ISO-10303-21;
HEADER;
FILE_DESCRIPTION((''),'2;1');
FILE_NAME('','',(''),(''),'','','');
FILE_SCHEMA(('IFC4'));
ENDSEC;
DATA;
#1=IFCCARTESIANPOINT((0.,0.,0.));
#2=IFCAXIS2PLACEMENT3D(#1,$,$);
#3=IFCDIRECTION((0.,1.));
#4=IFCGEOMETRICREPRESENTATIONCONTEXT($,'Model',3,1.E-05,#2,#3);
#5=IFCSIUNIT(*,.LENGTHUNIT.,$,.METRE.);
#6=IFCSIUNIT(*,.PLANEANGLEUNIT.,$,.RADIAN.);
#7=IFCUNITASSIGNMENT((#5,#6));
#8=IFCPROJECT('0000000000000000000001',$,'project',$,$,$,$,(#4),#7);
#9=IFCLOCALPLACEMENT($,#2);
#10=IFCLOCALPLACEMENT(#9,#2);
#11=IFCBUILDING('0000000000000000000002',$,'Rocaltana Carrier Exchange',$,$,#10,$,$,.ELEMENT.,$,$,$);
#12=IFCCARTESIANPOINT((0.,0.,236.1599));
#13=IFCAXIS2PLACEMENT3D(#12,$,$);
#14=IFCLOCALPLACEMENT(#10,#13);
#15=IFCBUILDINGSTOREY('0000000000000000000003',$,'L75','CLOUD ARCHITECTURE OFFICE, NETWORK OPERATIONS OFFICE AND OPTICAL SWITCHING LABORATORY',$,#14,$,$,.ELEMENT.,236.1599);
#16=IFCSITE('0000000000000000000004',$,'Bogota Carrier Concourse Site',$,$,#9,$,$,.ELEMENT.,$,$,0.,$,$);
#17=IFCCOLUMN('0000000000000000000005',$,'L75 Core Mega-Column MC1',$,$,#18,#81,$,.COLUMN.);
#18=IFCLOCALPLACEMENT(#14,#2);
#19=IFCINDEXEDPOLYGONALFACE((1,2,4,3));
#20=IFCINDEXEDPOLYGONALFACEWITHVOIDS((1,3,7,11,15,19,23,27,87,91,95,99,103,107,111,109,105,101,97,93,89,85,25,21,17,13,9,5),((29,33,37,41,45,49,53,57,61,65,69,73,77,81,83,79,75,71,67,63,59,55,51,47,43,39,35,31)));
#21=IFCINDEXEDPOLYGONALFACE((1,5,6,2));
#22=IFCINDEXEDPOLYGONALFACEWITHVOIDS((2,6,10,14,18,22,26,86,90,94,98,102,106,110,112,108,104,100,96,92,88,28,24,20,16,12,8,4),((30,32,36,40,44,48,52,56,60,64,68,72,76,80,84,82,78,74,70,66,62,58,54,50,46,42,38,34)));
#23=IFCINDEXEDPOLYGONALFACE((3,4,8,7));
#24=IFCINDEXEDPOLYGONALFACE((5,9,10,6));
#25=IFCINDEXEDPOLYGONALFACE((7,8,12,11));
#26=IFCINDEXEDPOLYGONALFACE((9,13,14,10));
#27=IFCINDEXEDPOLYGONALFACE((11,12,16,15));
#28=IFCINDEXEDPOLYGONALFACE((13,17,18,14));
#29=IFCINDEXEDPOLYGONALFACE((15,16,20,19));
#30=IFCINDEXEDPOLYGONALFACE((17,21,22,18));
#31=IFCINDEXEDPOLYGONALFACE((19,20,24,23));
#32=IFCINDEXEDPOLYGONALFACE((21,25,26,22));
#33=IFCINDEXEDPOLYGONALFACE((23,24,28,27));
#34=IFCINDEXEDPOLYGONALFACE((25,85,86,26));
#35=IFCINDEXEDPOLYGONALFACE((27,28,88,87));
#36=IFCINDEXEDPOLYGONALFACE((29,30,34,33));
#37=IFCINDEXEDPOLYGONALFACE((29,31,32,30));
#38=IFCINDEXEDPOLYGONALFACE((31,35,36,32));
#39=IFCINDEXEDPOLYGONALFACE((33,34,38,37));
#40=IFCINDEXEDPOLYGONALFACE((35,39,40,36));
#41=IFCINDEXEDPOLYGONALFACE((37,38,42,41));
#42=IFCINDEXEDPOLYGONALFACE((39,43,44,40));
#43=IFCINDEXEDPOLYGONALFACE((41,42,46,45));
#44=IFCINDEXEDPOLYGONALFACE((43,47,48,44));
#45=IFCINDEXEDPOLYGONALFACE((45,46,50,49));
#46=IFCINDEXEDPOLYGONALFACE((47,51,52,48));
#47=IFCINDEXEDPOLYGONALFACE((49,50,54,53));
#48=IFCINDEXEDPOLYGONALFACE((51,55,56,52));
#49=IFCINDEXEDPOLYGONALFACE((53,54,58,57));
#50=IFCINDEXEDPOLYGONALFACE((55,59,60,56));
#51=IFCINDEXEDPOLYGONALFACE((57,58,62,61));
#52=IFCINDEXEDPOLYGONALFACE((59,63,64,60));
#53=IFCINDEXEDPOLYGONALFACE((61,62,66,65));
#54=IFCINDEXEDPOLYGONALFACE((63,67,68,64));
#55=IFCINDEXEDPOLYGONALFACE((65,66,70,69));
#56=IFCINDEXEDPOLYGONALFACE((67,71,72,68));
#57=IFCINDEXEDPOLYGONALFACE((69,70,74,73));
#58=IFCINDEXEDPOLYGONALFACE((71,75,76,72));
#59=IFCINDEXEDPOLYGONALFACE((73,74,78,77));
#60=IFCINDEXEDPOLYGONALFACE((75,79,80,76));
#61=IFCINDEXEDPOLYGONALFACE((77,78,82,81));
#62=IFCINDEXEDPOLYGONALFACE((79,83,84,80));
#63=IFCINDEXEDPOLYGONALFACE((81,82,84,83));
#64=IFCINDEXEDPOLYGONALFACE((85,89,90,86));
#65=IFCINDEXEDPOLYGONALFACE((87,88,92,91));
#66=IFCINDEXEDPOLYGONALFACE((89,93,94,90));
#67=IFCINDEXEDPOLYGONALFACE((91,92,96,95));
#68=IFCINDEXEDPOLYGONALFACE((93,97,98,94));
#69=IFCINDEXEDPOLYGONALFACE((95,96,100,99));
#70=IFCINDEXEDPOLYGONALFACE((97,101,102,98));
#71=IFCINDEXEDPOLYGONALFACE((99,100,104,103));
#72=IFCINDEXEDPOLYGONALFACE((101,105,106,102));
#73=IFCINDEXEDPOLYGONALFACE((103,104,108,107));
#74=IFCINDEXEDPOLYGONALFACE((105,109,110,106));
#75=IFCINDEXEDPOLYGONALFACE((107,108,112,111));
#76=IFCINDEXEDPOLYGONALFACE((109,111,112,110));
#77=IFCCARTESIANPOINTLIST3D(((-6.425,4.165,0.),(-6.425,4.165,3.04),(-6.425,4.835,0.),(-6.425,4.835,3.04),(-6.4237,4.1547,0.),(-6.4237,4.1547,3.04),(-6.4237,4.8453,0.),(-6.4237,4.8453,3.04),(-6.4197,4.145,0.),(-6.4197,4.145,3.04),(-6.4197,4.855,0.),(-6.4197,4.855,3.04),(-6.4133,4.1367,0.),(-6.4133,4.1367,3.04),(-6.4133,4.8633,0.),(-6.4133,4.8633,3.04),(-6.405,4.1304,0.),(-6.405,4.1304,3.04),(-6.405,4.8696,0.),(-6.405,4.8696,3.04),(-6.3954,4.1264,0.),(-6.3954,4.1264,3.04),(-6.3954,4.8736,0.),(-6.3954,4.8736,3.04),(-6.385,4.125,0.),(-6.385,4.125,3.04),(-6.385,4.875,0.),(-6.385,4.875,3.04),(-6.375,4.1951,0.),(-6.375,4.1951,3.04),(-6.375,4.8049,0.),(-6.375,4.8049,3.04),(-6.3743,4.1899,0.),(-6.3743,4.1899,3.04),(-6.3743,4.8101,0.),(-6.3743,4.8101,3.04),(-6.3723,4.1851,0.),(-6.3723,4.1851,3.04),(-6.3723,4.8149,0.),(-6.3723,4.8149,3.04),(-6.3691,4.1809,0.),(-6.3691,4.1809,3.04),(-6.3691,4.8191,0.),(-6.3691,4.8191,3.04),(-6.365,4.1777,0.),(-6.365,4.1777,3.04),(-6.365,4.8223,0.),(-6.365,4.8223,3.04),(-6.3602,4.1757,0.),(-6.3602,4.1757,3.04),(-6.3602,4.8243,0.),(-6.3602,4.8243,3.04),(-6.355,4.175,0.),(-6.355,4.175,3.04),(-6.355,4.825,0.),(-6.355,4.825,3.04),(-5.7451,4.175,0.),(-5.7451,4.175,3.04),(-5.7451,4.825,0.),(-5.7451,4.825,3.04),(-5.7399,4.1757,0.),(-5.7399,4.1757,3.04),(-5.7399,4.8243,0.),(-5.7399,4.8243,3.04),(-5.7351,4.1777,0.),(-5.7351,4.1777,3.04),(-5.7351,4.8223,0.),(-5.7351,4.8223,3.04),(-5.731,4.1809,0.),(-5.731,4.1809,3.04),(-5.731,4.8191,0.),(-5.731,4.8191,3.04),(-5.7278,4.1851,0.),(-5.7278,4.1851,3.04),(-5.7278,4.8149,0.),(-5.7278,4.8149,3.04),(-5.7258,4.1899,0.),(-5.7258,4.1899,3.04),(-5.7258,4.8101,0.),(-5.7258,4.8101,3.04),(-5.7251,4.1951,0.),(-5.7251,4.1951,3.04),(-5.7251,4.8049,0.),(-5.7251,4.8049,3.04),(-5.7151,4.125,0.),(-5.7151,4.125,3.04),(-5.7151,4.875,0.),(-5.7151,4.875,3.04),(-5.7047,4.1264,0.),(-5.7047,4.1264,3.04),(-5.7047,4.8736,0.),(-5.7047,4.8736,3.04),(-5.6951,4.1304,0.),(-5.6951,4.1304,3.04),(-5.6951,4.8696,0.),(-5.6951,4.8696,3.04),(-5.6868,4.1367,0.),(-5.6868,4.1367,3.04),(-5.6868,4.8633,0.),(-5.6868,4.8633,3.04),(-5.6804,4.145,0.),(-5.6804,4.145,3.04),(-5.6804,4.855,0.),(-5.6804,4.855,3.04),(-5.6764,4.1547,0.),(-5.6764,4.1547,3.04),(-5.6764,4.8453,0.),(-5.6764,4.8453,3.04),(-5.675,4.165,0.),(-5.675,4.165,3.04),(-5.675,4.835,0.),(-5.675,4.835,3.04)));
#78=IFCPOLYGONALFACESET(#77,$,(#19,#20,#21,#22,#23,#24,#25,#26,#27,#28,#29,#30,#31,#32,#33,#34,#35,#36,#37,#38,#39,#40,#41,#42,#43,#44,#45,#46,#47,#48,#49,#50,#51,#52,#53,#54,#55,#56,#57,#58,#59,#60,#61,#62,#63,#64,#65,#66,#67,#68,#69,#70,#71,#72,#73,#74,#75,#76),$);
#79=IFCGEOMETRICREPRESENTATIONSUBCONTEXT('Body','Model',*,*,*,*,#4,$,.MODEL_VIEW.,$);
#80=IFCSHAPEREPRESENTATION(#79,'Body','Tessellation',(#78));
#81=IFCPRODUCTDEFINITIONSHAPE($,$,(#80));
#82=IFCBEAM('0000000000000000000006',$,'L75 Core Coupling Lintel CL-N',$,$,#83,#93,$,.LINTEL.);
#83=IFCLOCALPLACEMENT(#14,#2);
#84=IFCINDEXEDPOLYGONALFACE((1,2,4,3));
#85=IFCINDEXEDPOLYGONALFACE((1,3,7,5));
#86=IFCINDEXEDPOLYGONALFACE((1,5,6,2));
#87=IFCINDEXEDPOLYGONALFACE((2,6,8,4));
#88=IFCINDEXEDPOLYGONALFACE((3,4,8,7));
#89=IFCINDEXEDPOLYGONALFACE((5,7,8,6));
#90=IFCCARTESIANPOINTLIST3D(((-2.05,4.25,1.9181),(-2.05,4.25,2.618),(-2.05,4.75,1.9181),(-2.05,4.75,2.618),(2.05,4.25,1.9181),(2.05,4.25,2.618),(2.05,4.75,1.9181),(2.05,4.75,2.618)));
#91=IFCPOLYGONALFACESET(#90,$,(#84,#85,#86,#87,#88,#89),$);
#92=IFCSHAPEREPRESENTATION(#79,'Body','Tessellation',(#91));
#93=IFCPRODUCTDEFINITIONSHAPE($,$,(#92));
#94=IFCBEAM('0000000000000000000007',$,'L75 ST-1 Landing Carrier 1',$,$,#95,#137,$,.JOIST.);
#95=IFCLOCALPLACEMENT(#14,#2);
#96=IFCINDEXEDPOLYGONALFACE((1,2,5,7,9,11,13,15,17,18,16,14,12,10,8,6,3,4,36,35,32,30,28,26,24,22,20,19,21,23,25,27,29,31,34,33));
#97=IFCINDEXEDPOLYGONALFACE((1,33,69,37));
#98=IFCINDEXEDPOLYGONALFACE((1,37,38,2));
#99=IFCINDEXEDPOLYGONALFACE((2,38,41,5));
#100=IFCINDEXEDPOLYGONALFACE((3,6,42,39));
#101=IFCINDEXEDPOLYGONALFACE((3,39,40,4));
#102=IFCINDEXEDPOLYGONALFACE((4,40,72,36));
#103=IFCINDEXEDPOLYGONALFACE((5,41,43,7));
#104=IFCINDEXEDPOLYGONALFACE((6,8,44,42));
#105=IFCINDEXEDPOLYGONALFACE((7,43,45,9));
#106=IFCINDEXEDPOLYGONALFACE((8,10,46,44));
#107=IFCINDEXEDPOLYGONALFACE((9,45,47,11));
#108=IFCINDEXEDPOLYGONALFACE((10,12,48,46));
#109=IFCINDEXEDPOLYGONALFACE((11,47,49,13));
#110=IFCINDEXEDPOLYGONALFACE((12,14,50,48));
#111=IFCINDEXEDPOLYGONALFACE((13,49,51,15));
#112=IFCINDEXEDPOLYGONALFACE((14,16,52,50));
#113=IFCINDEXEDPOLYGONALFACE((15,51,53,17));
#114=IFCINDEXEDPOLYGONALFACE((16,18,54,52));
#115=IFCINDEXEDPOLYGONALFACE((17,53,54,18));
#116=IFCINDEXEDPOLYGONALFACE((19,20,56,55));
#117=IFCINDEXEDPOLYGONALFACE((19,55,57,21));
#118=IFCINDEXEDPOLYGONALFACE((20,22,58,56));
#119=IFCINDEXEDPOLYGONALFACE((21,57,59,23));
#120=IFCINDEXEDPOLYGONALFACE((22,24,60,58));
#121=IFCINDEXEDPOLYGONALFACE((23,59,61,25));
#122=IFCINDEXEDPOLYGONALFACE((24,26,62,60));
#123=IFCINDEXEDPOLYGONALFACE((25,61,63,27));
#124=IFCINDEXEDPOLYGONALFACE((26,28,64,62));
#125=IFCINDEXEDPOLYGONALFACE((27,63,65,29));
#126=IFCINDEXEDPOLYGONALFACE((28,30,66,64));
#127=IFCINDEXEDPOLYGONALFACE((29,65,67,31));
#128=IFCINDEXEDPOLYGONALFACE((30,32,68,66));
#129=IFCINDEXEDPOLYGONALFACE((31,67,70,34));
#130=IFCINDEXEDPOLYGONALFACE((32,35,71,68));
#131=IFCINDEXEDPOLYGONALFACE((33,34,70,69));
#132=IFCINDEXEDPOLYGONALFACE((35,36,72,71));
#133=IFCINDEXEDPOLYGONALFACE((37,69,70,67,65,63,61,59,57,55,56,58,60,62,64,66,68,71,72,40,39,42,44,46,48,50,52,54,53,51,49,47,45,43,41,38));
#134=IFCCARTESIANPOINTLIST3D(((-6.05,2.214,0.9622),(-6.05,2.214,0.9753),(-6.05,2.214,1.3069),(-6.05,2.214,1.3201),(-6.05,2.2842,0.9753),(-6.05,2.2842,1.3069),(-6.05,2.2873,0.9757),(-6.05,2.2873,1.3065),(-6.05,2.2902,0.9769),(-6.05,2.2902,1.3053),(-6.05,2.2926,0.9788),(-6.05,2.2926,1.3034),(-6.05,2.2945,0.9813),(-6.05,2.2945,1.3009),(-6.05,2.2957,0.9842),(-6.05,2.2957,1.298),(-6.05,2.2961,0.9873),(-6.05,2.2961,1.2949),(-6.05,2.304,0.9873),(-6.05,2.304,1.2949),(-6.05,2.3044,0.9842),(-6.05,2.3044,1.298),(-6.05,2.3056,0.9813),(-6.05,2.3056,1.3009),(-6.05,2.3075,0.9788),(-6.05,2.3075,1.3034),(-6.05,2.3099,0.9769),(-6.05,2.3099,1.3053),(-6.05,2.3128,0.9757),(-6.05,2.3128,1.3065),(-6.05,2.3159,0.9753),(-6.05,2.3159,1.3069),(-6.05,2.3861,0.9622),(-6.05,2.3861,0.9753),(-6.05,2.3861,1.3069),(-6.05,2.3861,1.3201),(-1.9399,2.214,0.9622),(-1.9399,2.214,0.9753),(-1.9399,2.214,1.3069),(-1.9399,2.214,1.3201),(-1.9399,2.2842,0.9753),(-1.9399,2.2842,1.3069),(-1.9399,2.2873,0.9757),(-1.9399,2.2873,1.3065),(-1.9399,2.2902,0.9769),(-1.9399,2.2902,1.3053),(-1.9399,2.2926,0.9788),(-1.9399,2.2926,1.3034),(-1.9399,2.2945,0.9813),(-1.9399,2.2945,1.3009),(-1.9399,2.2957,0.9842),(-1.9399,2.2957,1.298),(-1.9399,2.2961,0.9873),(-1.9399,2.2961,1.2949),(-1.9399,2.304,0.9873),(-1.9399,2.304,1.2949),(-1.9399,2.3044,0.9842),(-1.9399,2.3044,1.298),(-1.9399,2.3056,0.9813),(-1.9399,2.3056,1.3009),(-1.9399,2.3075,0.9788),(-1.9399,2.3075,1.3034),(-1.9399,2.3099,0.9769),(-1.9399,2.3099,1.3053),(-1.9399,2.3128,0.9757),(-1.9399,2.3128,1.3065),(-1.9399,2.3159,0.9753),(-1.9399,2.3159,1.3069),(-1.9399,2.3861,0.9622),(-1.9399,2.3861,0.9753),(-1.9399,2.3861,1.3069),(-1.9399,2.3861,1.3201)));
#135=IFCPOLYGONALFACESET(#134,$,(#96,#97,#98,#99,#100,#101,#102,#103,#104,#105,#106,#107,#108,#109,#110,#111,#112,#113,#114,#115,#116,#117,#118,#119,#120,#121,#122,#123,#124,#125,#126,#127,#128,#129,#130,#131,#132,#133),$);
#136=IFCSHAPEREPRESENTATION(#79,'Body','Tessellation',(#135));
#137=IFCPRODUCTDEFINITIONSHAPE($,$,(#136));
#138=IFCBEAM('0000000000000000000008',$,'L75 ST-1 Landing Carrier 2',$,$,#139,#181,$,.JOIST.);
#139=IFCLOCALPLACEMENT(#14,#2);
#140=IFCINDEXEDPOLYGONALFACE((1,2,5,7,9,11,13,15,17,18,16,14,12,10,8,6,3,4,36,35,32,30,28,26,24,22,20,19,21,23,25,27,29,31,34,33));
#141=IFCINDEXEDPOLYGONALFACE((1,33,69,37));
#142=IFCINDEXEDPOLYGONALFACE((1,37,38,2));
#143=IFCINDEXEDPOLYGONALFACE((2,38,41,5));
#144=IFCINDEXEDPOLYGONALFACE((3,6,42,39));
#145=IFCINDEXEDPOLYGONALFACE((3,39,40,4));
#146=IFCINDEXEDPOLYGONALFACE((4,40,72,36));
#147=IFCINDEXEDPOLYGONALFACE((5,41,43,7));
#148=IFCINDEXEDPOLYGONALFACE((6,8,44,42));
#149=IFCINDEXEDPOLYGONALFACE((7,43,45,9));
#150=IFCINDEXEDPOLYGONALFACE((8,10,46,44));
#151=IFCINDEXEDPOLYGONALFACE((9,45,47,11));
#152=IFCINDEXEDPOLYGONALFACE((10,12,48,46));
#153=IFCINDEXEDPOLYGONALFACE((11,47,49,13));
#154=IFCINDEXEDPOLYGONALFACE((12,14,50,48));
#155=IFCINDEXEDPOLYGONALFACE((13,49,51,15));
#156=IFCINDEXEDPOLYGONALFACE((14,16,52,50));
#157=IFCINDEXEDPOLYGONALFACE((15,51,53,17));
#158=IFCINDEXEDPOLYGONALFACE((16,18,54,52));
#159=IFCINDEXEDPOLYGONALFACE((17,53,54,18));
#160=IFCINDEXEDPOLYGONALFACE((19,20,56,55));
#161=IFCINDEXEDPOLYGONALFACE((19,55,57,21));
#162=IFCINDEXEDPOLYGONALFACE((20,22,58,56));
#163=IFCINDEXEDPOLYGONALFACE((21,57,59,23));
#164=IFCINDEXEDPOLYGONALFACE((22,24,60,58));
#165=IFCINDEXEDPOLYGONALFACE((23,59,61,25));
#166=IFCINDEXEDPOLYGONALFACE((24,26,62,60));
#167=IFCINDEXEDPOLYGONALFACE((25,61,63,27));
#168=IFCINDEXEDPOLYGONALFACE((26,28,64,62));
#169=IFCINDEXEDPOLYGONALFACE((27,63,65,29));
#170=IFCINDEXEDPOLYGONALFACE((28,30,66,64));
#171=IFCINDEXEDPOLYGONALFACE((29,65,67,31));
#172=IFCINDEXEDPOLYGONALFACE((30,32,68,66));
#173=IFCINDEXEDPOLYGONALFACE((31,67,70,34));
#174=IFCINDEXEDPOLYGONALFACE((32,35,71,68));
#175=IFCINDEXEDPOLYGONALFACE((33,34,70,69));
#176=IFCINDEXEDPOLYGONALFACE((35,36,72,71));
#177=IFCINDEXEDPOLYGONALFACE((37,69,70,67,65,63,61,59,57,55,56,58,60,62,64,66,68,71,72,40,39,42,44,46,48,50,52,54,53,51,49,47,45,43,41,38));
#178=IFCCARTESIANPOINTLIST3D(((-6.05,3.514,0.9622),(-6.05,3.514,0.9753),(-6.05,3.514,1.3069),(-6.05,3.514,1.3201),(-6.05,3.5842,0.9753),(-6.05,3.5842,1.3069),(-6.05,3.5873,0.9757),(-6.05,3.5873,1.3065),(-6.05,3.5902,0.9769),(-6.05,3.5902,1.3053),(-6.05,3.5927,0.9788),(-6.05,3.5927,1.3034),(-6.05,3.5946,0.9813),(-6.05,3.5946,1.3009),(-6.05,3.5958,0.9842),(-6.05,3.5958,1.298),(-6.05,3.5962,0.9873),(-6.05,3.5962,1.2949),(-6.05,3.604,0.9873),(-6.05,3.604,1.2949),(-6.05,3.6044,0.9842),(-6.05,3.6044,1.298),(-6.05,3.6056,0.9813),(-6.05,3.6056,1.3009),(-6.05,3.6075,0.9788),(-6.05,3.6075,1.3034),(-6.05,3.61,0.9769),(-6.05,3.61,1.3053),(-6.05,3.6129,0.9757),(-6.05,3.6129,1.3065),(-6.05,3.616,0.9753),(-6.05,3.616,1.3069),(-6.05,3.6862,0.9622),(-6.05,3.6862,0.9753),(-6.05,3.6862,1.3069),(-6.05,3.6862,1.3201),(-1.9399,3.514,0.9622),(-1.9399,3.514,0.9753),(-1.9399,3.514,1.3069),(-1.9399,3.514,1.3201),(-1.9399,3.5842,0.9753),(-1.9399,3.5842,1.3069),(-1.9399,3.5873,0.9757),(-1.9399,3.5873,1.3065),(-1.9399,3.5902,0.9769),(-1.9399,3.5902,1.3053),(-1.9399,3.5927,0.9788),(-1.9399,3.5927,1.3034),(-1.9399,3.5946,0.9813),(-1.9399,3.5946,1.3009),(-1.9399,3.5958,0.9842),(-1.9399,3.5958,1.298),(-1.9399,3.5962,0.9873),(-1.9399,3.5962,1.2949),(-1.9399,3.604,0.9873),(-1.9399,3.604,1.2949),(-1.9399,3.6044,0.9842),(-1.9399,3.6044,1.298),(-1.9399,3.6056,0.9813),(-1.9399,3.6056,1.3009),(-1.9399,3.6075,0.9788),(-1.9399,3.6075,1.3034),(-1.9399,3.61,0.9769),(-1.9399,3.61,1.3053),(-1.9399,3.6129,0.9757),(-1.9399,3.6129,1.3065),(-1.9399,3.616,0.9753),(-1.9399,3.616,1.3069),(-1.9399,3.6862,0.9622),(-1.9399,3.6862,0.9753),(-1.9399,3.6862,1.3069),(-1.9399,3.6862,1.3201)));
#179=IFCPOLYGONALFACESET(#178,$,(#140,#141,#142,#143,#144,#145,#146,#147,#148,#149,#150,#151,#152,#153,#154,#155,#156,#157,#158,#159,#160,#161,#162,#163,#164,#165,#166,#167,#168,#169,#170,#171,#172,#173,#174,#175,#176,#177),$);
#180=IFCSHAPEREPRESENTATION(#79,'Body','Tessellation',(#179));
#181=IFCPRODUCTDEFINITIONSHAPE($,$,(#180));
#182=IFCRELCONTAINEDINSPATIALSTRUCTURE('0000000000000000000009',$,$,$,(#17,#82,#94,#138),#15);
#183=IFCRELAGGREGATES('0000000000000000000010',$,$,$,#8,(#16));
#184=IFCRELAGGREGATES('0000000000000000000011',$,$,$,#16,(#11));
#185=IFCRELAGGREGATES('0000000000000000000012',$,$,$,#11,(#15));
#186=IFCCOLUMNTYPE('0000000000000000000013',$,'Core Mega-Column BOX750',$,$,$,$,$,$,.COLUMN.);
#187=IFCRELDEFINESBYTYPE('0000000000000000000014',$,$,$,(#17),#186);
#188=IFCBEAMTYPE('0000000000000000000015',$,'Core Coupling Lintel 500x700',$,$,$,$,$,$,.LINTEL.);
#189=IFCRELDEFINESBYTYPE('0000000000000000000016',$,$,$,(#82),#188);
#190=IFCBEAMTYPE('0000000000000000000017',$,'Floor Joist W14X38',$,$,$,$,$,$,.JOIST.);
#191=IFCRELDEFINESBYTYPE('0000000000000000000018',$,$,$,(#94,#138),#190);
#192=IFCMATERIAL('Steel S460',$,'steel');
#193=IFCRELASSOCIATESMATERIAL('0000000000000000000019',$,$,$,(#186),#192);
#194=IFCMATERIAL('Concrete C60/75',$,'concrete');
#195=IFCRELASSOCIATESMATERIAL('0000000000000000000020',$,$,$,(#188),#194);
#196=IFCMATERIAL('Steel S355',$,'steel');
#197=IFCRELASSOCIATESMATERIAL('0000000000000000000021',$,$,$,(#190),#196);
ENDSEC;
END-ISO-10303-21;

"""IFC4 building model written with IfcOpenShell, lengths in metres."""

from ifc_helpers import new_model, si_unit, direction, frame, origin, origin_2d, place, context, subcontext, project, spatial, rectangle, hollow_rectangle, i_section, extrude, material, material_profile, profile_set, type_object, element, save


model = new_model("IFC4")

# Units and contexts
model_context = context("Model", 3, precision=1e-05, world=origin(), true_north=direction((0.0, 1.0)))
body_context = subcontext(model_context, "Body", "Model", "MODEL_VIEW")
ifc_project = project(units=[si_unit("LENGTHUNIT", "METRE"), si_unit("PLANEANGLEUNIT", "RADIAN")], contexts=[model_context])

# Site, building, storey
site_placement = place(None, origin())
site = spatial("IfcSite", under=ifc_project, at=site_placement, Name="Bogota Carrier Concourse Site", CompositionType="ELEMENT", RefElevation=0.0)
building_placement = place(site_placement, origin())
building = spatial("IfcBuilding", under=site, at=building_placement, Name="Rocaltana Carrier Exchange", CompositionType="ELEMENT")
storey_placement = place(building_placement, frame((0.0, 0.0, 236.1599)))
storey = spatial("IfcBuildingStorey", under=building, at=storey_placement, Name="L75", Description="CLOUD ARCHITECTURE OFFICE, NETWORK OPERATIONS OFFICE AND OPTICAL SWITCHING LABORATORY", CompositionType="ELEMENT", Elevation=236.1599)

# Column
ifc_material_1 = material(Name="Steel S460", Category="steel")
ifc_material_profile_1 = material_profile(ifc_material_1, hollow_rectangle(XDim=0.75, YDim=0.75, WallThickness=0.05, InnerFilletRadius=0.02, OuterFilletRadius=0.04, at=origin_2d()), Name="BOX750X750X50")
ifc_profile_set_1 = profile_set([ifc_material_profile_1], Name="Steel S460")
column_type = type_object("IfcColumnType", Name="Core Mega-Column BOX750", PredefinedType="COLUMN", material=ifc_profile_set_1)
column_placement = place(storey_placement, frame((-6.05, 4.5, 0.0), z_axis=(0.0, 0.0, 1.0), x_axis=(1.0, 0.0, 0.0)))
element("IfcColumn", 1, at=column_placement, inside=storey, type_object=column_type, Name="L75 Core Mega-Column MC1", PredefinedType="COLUMN", context=body_context, shape_type="SweptSolid", body=[
    extrude(hollow_rectangle(XDim=0.75, YDim=0.75, WallThickness=0.05, InnerFilletRadius=0.02, OuterFilletRadius=0.04, at=origin_2d()), origin(), (0.0, 0.0, 1.0), 3.04),
])

# Beams
ifc_material_2 = material(Name="Concrete C60/75", Category="concrete")
ifc_material_profile_2 = material_profile(ifc_material_2, rectangle(XDim=0.5, YDim=0.7, at=origin_2d()), Name="RC-BM-500X700")
ifc_profile_set_2 = profile_set([ifc_material_profile_2], Name="Concrete C60/75")
beam_type_1 = type_object("IfcBeamType", Name="Core Coupling Lintel 500x700", PredefinedType="LINTEL", material=ifc_profile_set_2)
beam_1_placement = place(storey_placement, frame((-2.05, 4.5, 2.2681), z_axis=(1.0, 0.0, 0.0), x_axis=(0.0, 1.0, 0.0)))
element("IfcBeam", 2, at=beam_1_placement, inside=storey, type_object=beam_type_1, Name="L75 Core Coupling Lintel CL-N", PredefinedType="LINTEL", context=body_context, shape_type="SweptSolid", body=[
    extrude(rectangle(XDim=0.5, YDim=0.7, at=origin_2d()), origin(), (0.0, 0.0, 1.0), 4.1001),
])
ifc_material_3 = material(Name="Steel S355", Category="steel")
ifc_material_profile_3 = material_profile(ifc_material_3, i_section(OverallWidth=0.1721, OverallDepth=0.3579, WebThickness=0.0078, FlangeThickness=0.0132, FilletRadius=0.012, at=origin_2d()), Name="W14X38")
ifc_profile_set_3 = profile_set([ifc_material_profile_3], Name="Steel S355")
beam_type_2 = type_object("IfcBeamType", Name="Floor Joist W14X38", PredefinedType="JOIST", material=ifc_profile_set_3)
for number, where, z_axis, x_axis, name in (
    (3, (-6.05, 2.3, 1.1411), (1.0, 0.0, 0.0), (0.0, 1.0, 0.0), "L75 ST-1 Landing Carrier 1"),
    (4, (-6.05, 3.6001, 1.1411), (1.0, 0.0, 0.0), (0.0, 1.0, 0.0), "L75 ST-1 Landing Carrier 2"),
):
    element("IfcBeam", number, at=place(storey_placement, frame(where, z_axis=z_axis, x_axis=x_axis)), inside=storey, type_object=beam_type_2, Name=name, PredefinedType="JOIST", context=body_context, shape_type="SweptSolid", body=[
        extrude(i_section(OverallWidth=0.1721, OverallDepth=0.3579, WebThickness=0.0078, FlangeThickness=0.0132, FilletRadius=0.012, at=origin_2d()), origin(), (0.0, 0.0, 1.0), 4.1101),
    ])

save(model, "model.ifc")
